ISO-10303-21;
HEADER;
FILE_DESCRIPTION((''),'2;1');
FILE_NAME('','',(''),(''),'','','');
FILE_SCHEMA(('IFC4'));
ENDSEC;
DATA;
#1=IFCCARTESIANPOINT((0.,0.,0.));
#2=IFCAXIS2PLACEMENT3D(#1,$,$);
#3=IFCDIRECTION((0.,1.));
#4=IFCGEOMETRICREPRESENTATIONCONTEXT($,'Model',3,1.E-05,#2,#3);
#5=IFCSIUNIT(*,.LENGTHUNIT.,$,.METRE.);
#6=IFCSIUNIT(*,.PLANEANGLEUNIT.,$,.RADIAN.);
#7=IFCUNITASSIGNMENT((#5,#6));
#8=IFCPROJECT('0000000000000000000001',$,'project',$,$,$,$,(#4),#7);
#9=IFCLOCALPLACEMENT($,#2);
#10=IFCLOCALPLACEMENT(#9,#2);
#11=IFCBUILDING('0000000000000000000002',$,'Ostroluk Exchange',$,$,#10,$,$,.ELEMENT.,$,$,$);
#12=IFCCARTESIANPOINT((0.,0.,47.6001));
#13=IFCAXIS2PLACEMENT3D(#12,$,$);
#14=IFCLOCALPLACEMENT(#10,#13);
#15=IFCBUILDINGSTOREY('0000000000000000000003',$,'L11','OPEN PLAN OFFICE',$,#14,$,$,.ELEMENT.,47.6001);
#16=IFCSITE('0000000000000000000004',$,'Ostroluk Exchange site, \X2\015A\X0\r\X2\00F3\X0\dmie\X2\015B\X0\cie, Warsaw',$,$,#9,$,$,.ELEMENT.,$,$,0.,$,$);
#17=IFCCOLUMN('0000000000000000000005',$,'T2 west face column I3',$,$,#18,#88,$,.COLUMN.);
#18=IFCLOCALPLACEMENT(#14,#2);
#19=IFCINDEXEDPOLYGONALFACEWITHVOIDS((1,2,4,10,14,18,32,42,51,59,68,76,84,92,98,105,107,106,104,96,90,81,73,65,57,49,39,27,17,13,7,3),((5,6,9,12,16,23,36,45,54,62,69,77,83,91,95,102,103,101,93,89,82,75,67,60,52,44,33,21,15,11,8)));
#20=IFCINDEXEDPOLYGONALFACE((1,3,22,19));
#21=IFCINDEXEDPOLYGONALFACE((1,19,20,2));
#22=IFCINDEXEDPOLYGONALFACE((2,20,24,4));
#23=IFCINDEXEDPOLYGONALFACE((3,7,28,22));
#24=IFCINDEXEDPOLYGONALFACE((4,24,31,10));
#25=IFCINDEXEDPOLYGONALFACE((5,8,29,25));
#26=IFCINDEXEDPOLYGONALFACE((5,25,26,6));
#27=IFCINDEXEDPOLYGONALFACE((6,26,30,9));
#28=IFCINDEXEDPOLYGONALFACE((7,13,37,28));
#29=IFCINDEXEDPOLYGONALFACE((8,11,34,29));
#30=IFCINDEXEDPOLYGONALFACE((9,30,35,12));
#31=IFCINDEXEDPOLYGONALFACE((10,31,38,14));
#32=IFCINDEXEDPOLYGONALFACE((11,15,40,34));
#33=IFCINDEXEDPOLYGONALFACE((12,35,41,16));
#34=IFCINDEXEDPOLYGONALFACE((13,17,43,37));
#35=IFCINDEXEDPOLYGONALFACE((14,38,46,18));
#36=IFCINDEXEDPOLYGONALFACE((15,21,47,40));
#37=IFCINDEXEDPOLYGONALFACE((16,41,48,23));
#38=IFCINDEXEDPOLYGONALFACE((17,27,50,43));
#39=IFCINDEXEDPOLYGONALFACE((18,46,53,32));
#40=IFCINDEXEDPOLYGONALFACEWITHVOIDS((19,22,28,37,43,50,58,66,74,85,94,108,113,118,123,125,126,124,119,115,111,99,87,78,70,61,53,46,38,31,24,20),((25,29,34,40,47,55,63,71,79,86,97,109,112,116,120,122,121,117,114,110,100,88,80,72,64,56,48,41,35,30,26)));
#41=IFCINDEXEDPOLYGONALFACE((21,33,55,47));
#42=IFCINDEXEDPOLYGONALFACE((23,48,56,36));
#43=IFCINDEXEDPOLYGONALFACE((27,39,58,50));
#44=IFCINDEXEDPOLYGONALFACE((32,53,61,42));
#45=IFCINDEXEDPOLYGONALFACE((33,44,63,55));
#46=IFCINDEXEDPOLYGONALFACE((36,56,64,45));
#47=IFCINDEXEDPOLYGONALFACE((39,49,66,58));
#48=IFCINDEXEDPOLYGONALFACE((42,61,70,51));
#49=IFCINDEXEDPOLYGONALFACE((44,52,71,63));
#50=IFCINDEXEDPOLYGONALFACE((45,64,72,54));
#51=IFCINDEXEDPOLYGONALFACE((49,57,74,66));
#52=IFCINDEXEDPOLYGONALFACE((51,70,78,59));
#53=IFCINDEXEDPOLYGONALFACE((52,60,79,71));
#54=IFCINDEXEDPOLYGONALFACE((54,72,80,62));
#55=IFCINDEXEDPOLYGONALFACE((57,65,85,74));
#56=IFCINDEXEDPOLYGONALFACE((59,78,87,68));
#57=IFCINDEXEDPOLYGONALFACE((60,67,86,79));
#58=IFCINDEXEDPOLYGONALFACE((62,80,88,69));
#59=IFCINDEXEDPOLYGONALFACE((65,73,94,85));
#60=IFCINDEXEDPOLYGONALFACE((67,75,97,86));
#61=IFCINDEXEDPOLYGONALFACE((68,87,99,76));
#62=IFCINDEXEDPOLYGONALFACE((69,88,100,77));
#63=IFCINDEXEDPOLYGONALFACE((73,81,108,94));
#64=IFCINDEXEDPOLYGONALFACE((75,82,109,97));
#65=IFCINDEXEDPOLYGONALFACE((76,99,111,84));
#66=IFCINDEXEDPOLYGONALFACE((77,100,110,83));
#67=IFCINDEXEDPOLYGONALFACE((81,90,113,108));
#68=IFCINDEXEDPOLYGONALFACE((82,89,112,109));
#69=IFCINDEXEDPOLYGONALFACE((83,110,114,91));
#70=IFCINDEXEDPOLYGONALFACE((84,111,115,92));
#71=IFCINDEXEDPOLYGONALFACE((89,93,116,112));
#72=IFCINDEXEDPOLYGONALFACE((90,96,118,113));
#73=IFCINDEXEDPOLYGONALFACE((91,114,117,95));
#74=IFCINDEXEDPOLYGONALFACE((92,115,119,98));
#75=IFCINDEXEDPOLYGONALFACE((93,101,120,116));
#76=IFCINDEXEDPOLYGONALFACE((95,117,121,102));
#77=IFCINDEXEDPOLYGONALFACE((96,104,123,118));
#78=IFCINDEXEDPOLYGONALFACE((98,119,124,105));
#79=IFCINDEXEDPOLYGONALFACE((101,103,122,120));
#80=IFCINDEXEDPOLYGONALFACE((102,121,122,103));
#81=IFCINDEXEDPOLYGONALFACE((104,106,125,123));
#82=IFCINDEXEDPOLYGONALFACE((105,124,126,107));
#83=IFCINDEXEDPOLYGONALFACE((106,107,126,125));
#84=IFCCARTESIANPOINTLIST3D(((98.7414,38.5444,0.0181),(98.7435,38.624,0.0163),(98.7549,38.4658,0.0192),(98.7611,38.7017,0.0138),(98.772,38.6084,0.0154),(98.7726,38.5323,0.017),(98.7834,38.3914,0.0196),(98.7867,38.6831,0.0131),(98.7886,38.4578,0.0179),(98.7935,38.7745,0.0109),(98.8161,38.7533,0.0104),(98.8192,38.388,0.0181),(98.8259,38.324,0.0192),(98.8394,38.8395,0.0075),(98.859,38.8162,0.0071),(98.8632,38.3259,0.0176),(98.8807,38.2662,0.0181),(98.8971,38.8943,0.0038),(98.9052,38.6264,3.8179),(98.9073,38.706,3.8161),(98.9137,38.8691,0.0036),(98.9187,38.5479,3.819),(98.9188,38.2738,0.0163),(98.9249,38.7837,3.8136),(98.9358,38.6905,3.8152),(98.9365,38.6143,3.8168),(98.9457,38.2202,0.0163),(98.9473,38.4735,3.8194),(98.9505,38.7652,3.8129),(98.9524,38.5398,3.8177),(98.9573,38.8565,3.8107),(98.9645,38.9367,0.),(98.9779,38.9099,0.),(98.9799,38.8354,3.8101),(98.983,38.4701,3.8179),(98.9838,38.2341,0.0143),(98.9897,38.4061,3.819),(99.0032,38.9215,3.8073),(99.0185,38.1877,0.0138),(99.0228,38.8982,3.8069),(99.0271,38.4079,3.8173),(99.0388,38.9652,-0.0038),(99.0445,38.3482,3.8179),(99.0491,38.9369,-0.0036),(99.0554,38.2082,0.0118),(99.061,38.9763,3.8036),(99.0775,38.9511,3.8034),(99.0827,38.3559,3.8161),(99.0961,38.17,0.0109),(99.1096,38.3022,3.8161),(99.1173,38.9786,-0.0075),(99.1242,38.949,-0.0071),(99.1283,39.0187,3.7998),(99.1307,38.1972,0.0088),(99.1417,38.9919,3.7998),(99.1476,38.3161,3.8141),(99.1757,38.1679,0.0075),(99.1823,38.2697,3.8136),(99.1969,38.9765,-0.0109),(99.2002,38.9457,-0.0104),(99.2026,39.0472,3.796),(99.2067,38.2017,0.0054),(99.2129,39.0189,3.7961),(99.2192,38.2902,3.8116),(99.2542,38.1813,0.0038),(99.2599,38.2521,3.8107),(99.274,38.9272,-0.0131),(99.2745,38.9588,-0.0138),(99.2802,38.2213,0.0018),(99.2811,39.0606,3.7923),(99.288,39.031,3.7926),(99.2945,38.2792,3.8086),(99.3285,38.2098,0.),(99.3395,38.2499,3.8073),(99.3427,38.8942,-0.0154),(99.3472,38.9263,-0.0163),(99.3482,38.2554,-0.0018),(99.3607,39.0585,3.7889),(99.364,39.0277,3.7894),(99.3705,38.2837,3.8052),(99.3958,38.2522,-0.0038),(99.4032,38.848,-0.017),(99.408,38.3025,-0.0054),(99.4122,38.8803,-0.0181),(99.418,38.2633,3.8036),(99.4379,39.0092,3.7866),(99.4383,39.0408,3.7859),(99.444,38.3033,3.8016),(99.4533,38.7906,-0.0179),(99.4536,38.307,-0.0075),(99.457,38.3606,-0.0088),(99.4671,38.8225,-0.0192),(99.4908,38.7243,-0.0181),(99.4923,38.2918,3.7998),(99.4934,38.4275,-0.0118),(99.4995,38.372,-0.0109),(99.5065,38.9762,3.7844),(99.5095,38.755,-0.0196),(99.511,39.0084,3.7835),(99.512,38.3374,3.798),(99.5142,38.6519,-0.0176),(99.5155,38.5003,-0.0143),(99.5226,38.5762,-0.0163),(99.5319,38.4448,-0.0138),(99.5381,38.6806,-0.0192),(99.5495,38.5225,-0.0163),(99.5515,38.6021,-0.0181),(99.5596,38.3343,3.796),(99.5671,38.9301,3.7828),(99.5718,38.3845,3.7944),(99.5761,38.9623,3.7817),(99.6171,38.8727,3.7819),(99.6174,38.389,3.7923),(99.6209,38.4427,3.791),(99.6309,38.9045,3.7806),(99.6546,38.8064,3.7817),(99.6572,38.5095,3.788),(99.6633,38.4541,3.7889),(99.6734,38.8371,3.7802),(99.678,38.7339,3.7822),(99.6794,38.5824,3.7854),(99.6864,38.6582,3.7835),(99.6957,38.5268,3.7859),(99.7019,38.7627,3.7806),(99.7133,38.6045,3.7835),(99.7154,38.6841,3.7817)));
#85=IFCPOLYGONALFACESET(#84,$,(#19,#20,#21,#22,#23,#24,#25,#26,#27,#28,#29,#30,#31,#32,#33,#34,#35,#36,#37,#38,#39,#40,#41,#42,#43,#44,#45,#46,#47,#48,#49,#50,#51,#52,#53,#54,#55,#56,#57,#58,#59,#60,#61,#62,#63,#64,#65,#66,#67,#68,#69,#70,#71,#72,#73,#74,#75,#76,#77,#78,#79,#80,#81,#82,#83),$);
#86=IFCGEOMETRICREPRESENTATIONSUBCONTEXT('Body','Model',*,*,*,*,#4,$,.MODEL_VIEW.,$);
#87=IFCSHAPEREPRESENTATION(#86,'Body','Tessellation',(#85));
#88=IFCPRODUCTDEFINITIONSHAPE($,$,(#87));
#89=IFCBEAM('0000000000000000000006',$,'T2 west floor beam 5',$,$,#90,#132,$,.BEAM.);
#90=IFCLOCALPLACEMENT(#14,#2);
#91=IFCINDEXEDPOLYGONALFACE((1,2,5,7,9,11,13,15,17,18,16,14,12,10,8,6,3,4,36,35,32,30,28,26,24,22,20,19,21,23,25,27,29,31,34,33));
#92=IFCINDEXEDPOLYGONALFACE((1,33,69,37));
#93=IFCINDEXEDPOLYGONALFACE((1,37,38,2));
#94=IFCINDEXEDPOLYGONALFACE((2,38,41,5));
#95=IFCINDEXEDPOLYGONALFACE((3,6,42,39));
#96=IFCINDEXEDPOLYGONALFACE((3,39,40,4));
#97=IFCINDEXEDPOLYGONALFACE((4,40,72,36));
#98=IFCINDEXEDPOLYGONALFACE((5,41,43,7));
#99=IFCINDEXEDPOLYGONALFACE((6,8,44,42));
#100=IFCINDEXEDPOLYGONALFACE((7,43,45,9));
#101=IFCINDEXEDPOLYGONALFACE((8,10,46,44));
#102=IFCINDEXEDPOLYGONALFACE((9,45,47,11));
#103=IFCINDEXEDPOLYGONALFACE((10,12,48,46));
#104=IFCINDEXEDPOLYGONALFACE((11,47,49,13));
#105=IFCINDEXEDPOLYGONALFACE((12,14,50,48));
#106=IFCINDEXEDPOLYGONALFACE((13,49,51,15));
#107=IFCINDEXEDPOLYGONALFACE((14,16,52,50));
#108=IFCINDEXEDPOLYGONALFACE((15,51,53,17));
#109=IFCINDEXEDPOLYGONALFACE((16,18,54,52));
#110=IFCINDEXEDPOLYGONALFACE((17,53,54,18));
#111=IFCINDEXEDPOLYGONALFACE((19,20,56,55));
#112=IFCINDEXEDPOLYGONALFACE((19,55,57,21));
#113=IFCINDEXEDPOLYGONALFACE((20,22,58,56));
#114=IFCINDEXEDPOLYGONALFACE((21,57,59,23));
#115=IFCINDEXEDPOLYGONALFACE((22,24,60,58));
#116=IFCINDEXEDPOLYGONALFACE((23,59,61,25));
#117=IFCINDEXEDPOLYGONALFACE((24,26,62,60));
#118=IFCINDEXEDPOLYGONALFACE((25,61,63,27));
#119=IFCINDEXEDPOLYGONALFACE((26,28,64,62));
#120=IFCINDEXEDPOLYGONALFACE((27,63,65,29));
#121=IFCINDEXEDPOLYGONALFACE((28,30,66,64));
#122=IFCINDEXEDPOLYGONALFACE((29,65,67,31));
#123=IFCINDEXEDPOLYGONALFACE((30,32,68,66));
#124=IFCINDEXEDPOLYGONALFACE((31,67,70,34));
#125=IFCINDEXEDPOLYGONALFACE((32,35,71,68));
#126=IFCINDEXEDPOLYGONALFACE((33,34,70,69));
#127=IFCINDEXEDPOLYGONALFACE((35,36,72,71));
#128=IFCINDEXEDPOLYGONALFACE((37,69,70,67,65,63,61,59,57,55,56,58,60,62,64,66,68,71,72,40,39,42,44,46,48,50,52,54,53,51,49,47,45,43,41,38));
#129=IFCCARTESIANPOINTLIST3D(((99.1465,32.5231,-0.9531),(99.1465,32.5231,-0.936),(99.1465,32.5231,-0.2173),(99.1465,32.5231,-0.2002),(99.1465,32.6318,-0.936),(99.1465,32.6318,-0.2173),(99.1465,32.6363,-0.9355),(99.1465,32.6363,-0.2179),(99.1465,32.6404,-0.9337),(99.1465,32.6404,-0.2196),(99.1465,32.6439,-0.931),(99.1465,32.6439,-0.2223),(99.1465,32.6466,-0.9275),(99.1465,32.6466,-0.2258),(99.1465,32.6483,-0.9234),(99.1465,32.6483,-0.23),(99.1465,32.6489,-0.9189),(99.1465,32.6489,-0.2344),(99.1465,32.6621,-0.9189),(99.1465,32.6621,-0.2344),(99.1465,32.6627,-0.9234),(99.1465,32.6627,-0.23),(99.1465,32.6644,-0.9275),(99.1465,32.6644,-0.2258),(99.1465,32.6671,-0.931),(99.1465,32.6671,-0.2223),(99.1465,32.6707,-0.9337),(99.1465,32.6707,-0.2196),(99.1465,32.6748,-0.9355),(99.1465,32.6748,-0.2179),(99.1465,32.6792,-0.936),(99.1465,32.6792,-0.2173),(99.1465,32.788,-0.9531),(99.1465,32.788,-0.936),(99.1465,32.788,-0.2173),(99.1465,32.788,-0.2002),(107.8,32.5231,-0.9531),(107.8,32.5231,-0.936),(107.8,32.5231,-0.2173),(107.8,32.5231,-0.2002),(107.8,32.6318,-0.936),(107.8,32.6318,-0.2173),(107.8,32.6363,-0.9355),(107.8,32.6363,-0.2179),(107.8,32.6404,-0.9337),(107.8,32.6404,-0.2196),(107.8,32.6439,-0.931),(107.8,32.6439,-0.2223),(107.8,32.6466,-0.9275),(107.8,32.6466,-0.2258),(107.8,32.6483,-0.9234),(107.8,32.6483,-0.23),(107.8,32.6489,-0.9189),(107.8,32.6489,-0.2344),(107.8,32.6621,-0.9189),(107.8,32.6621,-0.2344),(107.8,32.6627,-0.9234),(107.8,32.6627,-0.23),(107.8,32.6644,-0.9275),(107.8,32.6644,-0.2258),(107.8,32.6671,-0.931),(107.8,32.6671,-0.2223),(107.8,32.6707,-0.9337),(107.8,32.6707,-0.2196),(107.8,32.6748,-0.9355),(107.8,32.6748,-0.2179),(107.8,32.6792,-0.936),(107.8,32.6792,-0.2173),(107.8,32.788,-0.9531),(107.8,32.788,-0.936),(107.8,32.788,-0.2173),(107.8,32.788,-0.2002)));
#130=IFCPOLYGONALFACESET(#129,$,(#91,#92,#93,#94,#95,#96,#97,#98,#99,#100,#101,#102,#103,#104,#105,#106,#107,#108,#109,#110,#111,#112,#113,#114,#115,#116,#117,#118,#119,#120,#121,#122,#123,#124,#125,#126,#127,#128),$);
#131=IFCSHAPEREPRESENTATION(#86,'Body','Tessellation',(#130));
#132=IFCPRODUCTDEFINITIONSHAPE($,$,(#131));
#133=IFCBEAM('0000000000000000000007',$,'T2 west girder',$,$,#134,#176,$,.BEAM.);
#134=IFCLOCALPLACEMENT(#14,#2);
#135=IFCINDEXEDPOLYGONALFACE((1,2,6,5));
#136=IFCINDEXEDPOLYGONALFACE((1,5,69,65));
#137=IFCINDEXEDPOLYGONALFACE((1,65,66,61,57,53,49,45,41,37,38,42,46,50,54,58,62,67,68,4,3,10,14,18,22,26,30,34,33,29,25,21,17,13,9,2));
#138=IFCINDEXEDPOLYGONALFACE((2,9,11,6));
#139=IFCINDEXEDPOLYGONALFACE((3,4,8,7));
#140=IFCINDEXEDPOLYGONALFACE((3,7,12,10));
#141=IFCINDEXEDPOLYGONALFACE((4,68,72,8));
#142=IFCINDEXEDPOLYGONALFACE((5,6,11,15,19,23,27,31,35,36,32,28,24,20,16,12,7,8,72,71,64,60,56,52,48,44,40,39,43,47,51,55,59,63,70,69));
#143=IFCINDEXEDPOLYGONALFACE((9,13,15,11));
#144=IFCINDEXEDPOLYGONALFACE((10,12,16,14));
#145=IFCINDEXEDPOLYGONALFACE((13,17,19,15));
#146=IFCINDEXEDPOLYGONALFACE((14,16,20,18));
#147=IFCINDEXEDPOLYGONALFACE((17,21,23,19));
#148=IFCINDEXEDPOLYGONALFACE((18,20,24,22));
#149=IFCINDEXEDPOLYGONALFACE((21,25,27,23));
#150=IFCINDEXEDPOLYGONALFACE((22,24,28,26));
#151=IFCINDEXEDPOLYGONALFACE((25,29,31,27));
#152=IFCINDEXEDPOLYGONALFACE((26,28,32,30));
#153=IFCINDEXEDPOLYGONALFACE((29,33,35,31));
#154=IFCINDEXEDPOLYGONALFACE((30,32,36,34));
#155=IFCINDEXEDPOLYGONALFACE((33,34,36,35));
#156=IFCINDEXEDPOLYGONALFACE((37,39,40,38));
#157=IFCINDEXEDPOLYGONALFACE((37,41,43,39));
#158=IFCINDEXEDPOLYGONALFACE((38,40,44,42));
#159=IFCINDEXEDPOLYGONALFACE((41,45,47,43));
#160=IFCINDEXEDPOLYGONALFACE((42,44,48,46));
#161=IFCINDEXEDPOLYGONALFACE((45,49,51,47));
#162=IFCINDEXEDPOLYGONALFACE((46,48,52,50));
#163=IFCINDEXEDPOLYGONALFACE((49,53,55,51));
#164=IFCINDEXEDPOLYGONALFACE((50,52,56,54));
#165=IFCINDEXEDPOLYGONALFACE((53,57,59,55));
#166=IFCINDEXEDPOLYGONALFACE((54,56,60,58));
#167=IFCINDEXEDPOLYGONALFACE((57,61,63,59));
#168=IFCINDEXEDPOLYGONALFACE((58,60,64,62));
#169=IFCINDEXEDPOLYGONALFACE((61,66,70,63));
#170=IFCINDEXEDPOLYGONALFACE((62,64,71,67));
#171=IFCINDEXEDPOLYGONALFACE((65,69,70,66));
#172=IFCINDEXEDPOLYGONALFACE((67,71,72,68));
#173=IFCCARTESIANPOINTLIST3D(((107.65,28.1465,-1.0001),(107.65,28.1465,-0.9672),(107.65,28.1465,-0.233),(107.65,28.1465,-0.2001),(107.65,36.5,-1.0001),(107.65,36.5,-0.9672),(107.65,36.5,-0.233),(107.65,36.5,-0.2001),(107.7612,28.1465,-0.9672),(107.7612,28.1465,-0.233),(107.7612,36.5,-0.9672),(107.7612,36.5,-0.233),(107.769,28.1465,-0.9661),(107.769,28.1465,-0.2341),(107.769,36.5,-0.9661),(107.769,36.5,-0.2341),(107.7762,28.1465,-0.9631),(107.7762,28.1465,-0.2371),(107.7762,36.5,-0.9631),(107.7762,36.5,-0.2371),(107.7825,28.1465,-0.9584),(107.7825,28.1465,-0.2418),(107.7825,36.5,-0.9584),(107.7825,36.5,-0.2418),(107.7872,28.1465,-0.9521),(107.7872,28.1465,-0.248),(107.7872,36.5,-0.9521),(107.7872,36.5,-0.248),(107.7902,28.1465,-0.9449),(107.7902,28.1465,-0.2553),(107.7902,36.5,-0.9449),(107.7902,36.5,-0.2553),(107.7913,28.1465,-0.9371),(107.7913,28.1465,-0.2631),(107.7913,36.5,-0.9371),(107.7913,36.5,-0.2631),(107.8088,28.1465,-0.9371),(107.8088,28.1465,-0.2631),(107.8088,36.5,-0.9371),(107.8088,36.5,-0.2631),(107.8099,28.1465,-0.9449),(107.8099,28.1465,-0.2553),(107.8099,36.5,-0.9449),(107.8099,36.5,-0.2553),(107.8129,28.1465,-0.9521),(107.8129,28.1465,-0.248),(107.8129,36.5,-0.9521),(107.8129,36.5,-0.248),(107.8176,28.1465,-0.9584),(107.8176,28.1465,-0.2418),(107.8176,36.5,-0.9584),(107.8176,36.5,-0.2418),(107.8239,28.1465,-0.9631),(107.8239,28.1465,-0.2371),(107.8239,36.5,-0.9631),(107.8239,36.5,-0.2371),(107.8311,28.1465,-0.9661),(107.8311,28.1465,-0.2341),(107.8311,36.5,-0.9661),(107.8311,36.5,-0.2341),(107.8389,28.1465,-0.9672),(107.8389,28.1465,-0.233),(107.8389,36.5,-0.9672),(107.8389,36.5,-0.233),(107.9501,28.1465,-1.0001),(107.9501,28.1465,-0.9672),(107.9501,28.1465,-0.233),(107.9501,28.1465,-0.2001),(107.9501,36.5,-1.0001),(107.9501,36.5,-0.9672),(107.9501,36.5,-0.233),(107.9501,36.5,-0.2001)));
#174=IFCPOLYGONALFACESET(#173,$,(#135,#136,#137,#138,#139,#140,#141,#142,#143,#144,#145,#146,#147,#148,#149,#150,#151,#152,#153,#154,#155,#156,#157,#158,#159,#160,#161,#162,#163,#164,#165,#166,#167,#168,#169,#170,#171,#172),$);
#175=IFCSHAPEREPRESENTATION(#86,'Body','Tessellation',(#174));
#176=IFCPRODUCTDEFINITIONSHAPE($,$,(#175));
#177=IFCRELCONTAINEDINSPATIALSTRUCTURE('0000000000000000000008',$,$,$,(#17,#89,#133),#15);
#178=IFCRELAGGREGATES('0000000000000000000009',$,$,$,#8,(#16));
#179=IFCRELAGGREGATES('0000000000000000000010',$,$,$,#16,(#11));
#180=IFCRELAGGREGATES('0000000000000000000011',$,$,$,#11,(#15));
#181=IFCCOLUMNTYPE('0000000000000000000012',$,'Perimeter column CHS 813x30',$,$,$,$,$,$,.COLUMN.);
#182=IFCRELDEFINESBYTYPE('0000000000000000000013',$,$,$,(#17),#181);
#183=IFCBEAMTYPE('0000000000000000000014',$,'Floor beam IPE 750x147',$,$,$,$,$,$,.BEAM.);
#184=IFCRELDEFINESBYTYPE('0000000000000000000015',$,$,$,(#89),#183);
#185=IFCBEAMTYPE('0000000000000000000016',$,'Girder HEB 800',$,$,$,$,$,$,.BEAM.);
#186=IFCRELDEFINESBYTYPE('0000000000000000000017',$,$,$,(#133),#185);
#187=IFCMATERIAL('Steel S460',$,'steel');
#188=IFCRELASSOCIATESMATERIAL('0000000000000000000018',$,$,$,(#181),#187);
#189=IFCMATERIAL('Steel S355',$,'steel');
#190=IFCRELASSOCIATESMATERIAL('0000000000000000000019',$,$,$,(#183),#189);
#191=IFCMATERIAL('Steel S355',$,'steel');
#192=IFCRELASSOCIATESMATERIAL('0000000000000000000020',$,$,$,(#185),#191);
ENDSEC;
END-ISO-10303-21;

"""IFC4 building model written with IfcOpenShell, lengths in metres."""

from ifc_helpers import new_model, si_unit, direction, frame, origin, origin_2d, place, context, subcontext, project, spatial, hollow_circle, i_section, extrude, material, material_profile, profile_set, type_object, element, save


model = new_model("IFC4")

# Units and contexts
model_context = context("Model", 3, precision=1e-05, world=origin(), true_north=direction((0.0, 1.0)))
body_context = subcontext(model_context, "Body", "Model", "MODEL_VIEW")
ifc_project = project(units=[si_unit("LENGTHUNIT", "METRE"), si_unit("PLANEANGLEUNIT", "RADIAN")], contexts=[model_context])

# Site, building, storey
site_placement = place(None, origin())
site = spatial("IfcSite", under=ifc_project, at=site_placement, Name="Ostroluk Exchange site, Śródmieście, Warsaw", CompositionType="ELEMENT", RefElevation=0.0)
building_placement = place(site_placement, origin())
building = spatial("IfcBuilding", under=site, at=building_placement, Name="Ostroluk Exchange", CompositionType="ELEMENT")
storey_placement = place(building_placement, frame((0.0, 0.0, 47.6001)))
storey = spatial("IfcBuildingStorey", under=building, at=storey_placement, Name="L11", Description="OPEN PLAN OFFICE", CompositionType="ELEMENT", Elevation=47.6001)

# Column
ifc_material_1 = material(Name="Steel S460", Category="steel")
ifc_material_profile_1 = material_profile(ifc_material_1, hollow_circle(Radius=0.4065, WallThickness=0.03, at=origin_2d()), Name="CHS 813x30")
ifc_profile_set_1 = profile_set([ifc_material_profile_1], Name="Steel S460")
column_type = type_object("IfcColumnType", Name="Perimeter column CHS 813x30", PredefinedType="COLUMN", material=ifc_profile_set_1)
column_placement = place(storey_placement, frame((99.1465, 38.5732, 0.0), z_axis=(0.043062, 0.021563, 0.99884), x_axis=(-0.447747, 0.894161, 0.0)))
element("IfcColumn", 1, at=column_placement, inside=storey, type_object=column_type, Name="T2 west face column I3", PredefinedType="COLUMN", context=body_context, shape_type="SweptSolid", body=[
    extrude(hollow_circle(Radius=0.4065, WallThickness=0.03, at=origin_2d()), origin(), (0.0, 0.0, 1.0), 3.8042),
])

# Beams
ifc_material_2 = material(Name="Steel S355", Category="steel")
ifc_material_profile_2 = material_profile(ifc_material_2, i_section(OverallWidth=0.2649, OverallDepth=0.7529, WebThickness=0.0132, FlangeThickness=0.0171, FilletRadius=0.0171, at=origin_2d()), Name="IPE 750x147")
ifc_profile_set_2 = profile_set([ifc_material_profile_2], Name="Steel S355")
beam_type_1 = type_object("IfcBeamType", Name="Floor beam IPE 750x147", PredefinedType="BEAM", material=ifc_profile_set_2)
beam_1_placement = place(storey_placement, frame((107.8, 32.6555, -0.5767), z_axis=(-1.0, 0.0, 0.0), x_axis=(0.0, -1.0, 0.0)))
element("IfcBeam", 2, at=beam_1_placement, inside=storey, type_object=beam_type_1, Name="T2 west floor beam 5", PredefinedType="BEAM", context=body_context, shape_type="SweptSolid", body=[
    extrude(i_section(OverallWidth=0.2649, OverallDepth=0.7529, WebThickness=0.0132, FlangeThickness=0.0171, FilletRadius=0.0171, at=origin_2d()), origin(), (0.0, 0.0, 1.0), 8.6536),
])
ifc_material_3 = material(Name="Steel S355", Category="steel")
ifc_material_profile_3 = material_profile(ifc_material_3, i_section(OverallWidth=0.3, OverallDepth=0.8, WebThickness=0.0176, FlangeThickness=0.033, FilletRadius=0.03, at=origin_2d()), Name="HEB 800")
ifc_profile_set_3 = profile_set([ifc_material_profile_3], Name="Steel S355")
beam_type_2 = type_object("IfcBeamType", Name="Girder HEB 800", PredefinedType="BEAM", material=ifc_profile_set_3)
beam_2_placement = place(storey_placement, frame((107.8, 36.5, -0.6001), z_axis=(0.0, -1.0, 0.0), x_axis=(1.0, 0.0, 0.0)))
element("IfcBeam", 3, at=beam_2_placement, inside=storey, type_object=beam_type_2, Name="T2 west girder", PredefinedType="BEAM", context=body_context, shape_type="SweptSolid", body=[
    extrude(i_section(OverallWidth=0.3, OverallDepth=0.8, WebThickness=0.0176, FlangeThickness=0.033, FilletRadius=0.03, at=origin_2d()), origin(), (0.0, 0.0, 1.0), 8.3535),
])

save(model, "model.ifc")
